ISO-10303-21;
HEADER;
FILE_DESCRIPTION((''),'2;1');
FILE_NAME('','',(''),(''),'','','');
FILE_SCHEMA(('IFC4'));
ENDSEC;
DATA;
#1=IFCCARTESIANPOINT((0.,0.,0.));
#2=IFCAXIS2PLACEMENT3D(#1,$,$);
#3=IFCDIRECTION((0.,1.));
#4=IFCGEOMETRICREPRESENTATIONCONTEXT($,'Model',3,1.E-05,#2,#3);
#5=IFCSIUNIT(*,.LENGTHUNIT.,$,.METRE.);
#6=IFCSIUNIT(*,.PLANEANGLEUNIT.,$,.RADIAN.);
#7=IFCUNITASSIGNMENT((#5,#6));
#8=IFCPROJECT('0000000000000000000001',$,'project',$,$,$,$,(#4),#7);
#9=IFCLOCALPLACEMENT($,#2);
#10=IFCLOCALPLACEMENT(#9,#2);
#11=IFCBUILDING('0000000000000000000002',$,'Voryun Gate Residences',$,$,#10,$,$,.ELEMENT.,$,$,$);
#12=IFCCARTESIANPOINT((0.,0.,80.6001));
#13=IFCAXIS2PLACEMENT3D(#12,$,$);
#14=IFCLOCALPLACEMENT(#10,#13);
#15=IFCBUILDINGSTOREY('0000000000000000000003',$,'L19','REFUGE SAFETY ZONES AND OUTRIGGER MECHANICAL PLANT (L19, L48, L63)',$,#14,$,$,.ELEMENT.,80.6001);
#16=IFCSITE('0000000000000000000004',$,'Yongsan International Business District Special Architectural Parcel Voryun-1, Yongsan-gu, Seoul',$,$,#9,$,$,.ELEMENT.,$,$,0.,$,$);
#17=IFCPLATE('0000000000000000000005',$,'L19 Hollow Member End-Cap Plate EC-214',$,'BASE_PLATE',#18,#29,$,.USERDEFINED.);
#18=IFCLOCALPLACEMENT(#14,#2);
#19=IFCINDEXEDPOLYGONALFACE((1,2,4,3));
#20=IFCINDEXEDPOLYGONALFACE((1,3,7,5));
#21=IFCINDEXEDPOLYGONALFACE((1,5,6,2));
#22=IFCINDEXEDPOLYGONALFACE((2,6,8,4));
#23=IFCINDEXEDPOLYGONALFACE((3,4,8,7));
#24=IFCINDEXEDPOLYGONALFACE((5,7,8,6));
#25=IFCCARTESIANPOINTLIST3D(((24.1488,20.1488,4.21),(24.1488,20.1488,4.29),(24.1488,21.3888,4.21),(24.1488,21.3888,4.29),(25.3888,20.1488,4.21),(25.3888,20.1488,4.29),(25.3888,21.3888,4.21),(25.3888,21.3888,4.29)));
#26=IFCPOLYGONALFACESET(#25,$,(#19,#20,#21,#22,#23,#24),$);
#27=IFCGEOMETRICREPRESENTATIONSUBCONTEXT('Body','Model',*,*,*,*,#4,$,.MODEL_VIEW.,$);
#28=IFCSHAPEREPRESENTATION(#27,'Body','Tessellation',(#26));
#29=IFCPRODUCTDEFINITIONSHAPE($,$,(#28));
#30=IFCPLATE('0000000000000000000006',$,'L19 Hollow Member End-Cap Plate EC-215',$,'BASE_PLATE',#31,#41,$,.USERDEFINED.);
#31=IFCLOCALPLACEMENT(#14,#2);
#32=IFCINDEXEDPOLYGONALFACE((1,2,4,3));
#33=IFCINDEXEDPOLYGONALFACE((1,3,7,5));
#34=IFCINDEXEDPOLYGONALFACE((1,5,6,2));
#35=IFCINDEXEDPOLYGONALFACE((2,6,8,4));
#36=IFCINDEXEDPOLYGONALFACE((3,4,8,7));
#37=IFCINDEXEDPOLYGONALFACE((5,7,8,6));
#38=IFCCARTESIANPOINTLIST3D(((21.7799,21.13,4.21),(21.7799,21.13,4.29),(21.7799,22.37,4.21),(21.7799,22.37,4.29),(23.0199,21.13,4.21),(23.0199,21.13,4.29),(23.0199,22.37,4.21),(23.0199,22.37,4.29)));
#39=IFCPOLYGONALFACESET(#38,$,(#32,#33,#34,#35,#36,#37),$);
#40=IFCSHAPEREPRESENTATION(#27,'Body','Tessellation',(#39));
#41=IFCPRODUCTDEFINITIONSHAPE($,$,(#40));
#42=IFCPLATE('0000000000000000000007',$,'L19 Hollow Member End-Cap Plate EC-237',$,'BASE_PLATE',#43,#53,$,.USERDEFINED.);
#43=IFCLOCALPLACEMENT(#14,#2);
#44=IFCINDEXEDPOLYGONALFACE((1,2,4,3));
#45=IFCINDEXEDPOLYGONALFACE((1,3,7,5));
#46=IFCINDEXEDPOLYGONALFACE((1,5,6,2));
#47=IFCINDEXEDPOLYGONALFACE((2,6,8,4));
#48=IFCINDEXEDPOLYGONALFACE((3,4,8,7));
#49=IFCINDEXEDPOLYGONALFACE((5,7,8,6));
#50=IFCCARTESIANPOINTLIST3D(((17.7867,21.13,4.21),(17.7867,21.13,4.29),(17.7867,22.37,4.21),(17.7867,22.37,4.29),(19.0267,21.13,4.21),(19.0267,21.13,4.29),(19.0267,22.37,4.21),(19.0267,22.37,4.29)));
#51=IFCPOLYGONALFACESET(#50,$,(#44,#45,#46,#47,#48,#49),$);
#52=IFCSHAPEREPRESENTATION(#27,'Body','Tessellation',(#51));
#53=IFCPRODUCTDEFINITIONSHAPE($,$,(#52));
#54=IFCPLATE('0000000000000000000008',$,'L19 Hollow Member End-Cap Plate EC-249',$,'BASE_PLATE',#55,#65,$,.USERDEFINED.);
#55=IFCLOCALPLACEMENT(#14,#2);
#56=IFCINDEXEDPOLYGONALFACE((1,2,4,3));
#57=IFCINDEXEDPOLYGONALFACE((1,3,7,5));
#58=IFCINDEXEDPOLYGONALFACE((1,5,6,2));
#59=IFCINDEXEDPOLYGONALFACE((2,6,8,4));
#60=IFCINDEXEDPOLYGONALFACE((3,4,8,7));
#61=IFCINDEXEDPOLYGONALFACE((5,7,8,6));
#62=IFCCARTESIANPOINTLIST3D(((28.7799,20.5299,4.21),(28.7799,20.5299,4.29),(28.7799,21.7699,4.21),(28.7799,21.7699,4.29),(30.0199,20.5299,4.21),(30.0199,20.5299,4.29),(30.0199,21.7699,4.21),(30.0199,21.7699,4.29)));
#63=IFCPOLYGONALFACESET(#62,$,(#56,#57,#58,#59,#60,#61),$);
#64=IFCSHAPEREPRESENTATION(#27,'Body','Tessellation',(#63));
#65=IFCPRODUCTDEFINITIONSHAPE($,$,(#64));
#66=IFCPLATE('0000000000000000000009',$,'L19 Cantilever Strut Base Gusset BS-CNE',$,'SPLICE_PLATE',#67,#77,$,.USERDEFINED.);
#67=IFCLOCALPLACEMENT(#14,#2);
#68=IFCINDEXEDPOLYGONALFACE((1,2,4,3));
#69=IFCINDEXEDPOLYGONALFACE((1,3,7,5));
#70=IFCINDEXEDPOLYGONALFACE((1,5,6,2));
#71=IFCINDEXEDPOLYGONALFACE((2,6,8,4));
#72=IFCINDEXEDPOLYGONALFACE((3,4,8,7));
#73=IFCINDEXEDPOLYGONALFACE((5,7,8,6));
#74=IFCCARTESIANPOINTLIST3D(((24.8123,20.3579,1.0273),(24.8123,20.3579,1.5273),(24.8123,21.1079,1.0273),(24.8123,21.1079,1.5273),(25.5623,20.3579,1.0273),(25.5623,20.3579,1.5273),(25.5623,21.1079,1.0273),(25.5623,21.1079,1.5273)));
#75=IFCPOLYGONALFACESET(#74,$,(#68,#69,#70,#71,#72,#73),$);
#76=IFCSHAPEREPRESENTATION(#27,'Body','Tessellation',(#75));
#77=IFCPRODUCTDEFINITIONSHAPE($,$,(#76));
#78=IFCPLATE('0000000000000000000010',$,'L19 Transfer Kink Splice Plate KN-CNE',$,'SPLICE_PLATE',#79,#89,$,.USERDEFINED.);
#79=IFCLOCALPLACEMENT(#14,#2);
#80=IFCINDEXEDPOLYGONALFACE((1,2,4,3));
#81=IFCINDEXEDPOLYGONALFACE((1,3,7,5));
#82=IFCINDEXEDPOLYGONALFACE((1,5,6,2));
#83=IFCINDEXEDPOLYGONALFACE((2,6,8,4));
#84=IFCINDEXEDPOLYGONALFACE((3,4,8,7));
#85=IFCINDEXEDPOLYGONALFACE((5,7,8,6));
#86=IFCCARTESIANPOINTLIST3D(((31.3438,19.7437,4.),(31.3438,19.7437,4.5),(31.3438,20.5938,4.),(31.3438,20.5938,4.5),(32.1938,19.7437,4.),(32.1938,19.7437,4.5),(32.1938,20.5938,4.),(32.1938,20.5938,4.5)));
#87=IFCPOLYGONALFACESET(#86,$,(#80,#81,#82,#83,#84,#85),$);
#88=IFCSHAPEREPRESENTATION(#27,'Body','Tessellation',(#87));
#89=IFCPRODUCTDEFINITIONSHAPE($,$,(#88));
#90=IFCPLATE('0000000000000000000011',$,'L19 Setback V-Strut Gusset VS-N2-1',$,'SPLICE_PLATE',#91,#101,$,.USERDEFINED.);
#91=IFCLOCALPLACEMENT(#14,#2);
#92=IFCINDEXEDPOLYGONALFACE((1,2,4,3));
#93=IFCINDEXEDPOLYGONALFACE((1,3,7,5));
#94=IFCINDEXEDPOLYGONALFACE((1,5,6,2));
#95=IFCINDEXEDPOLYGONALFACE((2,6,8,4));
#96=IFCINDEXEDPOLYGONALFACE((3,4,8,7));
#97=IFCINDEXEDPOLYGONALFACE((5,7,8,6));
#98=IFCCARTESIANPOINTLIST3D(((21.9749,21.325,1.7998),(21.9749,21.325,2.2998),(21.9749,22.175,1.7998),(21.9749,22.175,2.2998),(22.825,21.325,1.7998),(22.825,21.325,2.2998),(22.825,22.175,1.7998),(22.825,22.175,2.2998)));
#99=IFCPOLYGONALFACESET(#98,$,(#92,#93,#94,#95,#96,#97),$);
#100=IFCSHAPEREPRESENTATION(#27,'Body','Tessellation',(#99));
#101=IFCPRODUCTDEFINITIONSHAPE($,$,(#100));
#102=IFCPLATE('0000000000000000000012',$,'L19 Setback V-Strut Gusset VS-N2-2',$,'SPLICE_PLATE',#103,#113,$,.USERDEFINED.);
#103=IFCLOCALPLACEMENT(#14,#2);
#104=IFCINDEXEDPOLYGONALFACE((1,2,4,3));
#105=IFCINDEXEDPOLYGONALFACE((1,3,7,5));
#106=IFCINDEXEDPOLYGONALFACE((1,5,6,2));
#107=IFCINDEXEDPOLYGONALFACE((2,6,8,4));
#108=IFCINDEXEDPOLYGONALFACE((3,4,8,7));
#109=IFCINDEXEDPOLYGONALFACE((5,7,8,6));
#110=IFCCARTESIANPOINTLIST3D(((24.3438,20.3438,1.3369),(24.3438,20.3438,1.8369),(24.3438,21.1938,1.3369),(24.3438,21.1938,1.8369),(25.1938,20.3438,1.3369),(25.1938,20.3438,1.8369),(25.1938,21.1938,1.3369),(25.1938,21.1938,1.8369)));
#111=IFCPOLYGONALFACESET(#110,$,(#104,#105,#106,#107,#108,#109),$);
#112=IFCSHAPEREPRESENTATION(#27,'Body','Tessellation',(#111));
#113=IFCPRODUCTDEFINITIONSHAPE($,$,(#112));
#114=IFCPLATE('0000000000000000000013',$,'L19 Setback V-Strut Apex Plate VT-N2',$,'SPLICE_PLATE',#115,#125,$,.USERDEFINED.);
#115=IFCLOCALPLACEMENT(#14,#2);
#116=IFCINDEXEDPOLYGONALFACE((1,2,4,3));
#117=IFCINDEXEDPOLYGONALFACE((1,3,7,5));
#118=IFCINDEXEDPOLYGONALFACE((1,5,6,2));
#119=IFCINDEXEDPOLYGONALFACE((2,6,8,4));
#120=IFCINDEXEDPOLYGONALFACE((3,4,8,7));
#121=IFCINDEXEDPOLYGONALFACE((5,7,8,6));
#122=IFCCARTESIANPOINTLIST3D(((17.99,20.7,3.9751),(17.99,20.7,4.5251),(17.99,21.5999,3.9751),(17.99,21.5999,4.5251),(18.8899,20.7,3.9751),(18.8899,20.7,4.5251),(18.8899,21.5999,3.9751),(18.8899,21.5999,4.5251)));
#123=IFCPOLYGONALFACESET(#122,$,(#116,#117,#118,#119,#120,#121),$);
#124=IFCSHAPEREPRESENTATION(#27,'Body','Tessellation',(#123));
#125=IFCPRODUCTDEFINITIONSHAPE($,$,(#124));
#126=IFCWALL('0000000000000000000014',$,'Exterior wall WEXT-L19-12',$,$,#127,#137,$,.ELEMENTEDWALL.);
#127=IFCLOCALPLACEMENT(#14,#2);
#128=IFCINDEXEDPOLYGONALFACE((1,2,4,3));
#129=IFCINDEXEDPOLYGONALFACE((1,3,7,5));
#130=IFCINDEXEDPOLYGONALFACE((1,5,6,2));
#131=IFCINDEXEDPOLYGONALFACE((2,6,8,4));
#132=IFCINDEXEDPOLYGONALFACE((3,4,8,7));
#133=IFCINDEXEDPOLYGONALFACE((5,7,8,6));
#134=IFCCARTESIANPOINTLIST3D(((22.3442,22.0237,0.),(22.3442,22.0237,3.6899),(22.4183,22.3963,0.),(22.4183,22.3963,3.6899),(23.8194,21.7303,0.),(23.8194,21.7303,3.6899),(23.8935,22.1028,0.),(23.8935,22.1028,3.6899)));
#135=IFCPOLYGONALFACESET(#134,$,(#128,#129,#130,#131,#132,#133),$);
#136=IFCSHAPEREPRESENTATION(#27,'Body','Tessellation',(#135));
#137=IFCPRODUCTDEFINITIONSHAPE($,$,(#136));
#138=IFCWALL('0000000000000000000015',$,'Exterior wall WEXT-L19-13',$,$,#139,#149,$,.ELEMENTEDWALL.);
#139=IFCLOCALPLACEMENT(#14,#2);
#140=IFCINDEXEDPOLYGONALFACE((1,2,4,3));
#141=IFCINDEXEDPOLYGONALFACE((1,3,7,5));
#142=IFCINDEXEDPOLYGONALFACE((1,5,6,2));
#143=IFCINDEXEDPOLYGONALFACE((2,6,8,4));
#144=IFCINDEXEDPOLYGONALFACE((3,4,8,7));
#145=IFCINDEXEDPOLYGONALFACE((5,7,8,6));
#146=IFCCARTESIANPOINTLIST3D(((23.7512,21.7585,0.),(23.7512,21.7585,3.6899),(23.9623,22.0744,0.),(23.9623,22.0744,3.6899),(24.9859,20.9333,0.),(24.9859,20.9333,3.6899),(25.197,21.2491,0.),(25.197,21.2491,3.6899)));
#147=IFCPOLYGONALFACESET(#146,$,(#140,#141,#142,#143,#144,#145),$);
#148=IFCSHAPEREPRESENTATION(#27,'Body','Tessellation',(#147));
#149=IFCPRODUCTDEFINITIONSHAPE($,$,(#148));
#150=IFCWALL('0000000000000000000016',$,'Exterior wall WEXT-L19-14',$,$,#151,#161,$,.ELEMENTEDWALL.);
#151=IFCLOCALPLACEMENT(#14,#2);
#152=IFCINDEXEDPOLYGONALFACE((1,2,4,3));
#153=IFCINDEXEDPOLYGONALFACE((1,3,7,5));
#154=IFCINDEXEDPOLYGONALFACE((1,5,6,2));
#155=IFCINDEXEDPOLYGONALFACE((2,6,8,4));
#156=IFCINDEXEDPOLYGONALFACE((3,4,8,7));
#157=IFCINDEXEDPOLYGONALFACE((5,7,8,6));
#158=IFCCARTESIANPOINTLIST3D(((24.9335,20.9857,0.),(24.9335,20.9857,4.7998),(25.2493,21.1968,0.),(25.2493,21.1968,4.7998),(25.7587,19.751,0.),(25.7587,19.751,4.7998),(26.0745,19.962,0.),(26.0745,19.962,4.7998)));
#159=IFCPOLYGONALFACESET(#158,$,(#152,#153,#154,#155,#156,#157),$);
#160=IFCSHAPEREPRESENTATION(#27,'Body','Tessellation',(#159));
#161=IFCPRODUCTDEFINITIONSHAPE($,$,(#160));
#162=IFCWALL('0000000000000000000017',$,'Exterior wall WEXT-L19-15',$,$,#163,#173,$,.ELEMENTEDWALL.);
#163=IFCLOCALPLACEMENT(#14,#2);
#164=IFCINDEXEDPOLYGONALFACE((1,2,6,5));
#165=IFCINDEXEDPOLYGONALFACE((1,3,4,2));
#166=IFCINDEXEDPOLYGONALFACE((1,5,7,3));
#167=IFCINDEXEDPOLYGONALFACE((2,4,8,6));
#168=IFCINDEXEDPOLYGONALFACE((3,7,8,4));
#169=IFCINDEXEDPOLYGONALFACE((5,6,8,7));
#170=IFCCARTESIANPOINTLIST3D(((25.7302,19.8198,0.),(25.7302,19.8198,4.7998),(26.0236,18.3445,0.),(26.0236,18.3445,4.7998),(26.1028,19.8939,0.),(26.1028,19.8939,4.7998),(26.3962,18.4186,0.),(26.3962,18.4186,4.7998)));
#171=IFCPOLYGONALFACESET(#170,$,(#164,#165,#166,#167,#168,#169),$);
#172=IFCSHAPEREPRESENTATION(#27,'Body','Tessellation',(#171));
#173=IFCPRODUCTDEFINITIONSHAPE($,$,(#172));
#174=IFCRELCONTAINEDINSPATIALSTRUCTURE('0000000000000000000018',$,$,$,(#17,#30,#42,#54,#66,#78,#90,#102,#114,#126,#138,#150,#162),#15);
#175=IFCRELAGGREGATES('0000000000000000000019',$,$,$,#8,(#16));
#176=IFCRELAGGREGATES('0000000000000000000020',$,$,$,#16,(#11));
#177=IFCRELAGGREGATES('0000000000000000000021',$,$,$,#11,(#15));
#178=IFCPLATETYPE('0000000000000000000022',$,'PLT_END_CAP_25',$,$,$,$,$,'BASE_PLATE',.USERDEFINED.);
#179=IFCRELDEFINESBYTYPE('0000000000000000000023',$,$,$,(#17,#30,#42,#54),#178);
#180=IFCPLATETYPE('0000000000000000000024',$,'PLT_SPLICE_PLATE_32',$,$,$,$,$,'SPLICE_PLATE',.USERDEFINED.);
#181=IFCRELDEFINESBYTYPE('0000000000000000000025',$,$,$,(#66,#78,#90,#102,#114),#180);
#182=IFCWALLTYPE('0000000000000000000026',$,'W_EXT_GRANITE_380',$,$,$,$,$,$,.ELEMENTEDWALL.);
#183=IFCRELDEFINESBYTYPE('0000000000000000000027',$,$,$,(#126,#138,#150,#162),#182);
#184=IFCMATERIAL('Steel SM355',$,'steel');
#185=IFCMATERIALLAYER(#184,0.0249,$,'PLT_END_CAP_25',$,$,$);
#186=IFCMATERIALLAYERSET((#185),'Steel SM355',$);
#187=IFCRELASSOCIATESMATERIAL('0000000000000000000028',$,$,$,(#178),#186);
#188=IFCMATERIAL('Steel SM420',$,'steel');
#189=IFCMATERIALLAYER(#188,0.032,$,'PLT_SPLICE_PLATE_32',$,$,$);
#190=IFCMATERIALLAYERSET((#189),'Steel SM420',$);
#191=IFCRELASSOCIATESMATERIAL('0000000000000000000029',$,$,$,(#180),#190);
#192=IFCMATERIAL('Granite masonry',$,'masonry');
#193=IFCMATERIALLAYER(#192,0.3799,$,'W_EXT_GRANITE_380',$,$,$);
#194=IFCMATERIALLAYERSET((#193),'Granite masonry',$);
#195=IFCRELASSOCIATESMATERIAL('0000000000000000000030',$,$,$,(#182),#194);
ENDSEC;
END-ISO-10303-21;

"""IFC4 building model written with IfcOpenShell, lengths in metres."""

from ifc_helpers import new_model, si_unit, direction, frame, frame_2d, origin, origin_2d, place, context, subcontext, project, spatial, rectangle, extrude, material, layer, layer_set, type_object, element, save


model = new_model("IFC4")

# Units and contexts
model_context = context("Model", 3, precision=1e-05, world=origin(), true_north=direction((0.0, 1.0)))
body_context = subcontext(model_context, "Body", "Model", "MODEL_VIEW")
ifc_project = project(units=[si_unit("LENGTHUNIT", "METRE"), si_unit("PLANEANGLEUNIT", "RADIAN")], contexts=[model_context])

# Site, building, storey
site_placement = place(None, origin())
site = spatial("IfcSite", under=ifc_project, at=site_placement, Name="Yongsan International Business District Special Architectural Parcel Voryun-1, Yongsan-gu, Seoul", CompositionType="ELEMENT", RefElevation=0.0)
building_placement = place(site_placement, origin())
building = spatial("IfcBuilding", under=site, at=building_placement, Name="Voryun Gate Residences", CompositionType="ELEMENT")
storey_placement = place(building_placement, frame((0.0, 0.0, 80.6001)))
storey = spatial("IfcBuildingStorey", under=building, at=storey_placement, Name="L19", Description="REFUGE SAFETY ZONES AND OUTRIGGER MECHANICAL PLANT (L19, L48, L63)", CompositionType="ELEMENT", Elevation=80.6001)

# Plates
ifc_material_1 = material(Name="Steel SM355", Category="steel")
ifc_layer_1 = layer(ifc_material_1, 0.0249, Name="PLT_END_CAP_25")
ifc_layer_set_1 = layer_set([ifc_layer_1], Name="Steel SM355")
plate_type_1 = type_object("IfcPlateType", Name="PLT_END_CAP_25", ElementType="BASE_PLATE", PredefinedType="USERDEFINED", material=ifc_layer_set_1)
for number, where, z_axis, x_axis, name in (
    (1, (24.7688, 20.7688, 4.21), (0.0, 0.0, 1.0), (1.0, 0.0, 0.0), "L19 Hollow Member End-Cap Plate EC-214"),
    (2, (22.3999, 21.75, 4.21), (0.0, 0.0, 1.0), (1.0, 0.0, 0.0), "L19 Hollow Member End-Cap Plate EC-215"),
    (3, (18.4067, 21.75, 4.21), (0.0, 0.0, 1.0), (1.0, 0.0, 0.0), "L19 Hollow Member End-Cap Plate EC-237"),
    (4, (29.3999, 21.1499, 4.21), (0.0, 0.0, 1.0), (1.0, 0.0, 0.0), "L19 Hollow Member End-Cap Plate EC-249"),
):
    element("IfcPlate", number, at=place(storey_placement, frame(where, z_axis=z_axis, x_axis=x_axis)), inside=storey, type_object=plate_type_1, Name=name, ObjectType="BASE_PLATE", PredefinedType="USERDEFINED", context=body_context, shape_type="SweptSolid", body=[
        extrude(rectangle(XDim=1.24, YDim=1.24, at=origin_2d()), origin(), (0.0, 0.0, 1.0), 0.0801),
    ])
ifc_material_2 = material(Name="Steel SM420", Category="steel")
ifc_layer_2 = layer(ifc_material_2, 0.032, Name="PLT_SPLICE_PLATE_32")
ifc_layer_set_2 = layer_set([ifc_layer_2], Name="Steel SM420")
plate_type_2 = type_object("IfcPlateType", Name="PLT_SPLICE_PLATE_32", ElementType="SPLICE_PLATE", PredefinedType="USERDEFINED", material=ifc_layer_set_2)
plate_1_placement = place(storey_placement, frame((25.1873, 20.7329, 1.0273), z_axis=(0.0, 0.0, 1.0), x_axis=(1.0, 0.0, 0.0)))
element("IfcPlate", 5, at=plate_1_placement, inside=storey, type_object=plate_type_2, Name="L19 Cantilever Strut Base Gusset BS-CNE", ObjectType="SPLICE_PLATE", PredefinedType="USERDEFINED", context=body_context, shape_type="SweptSolid", body=[
    extrude(rectangle(XDim=0.75, YDim=0.75, at=origin_2d()), origin(), (0.0, 0.0, 1.0), 0.5),
])
for number, where, z_axis, x_axis, name in (
    (6, (31.7688, 20.1687, 4.0), (0.0, 0.0, 1.0), (1.0, 0.0, 0.0), "L19 Transfer Kink Splice Plate KN-CNE"),
    (7, (22.3999, 21.75, 1.7998), (0.0, 0.0, 1.0), (1.0, 0.0, 0.0), "L19 Setback V-Strut Gusset VS-N2-1"),
    (8, (24.7688, 20.7688, 1.3369), (0.0, 0.0, 1.0), (1.0, 0.0, 0.0), "L19 Setback V-Strut Gusset VS-N2-2"),
):
    element("IfcPlate", number, at=place(storey_placement, frame(where, z_axis=z_axis, x_axis=x_axis)), inside=storey, type_object=plate_type_2, Name=name, ObjectType="SPLICE_PLATE", PredefinedType="USERDEFINED", context=body_context, shape_type="SweptSolid", body=[
        extrude(rectangle(XDim=0.8501, YDim=0.8501, at=origin_2d()), origin(), (0.0, 0.0, 1.0), 0.5),
    ])
plate_2_placement = place(storey_placement, frame((18.4399, 21.1499, 3.9751), z_axis=(0.0, 0.0, 1.0), x_axis=(1.0, 0.0, 0.0)))
element("IfcPlate", 9, at=plate_2_placement, inside=storey, type_object=plate_type_2, Name="L19 Setback V-Strut Apex Plate VT-N2", ObjectType="SPLICE_PLATE", PredefinedType="USERDEFINED", context=body_context, shape_type="SweptSolid", body=[
    extrude(rectangle(XDim=0.8999, YDim=0.8999, at=origin_2d()), origin(), (0.0, 0.0, 1.0), 0.55),
])

# Walls
ifc_material_3 = material(Name="Granite masonry", Category="masonry")
ifc_layer_3 = layer(ifc_material_3, 0.3799, Name="W_EXT_GRANITE_380")
ifc_layer_set_3 = layer_set([ifc_layer_3], Name="Granite masonry")
wall_type_1 = type_object("IfcWallType", Name="W_EXT_GRANITE_380", PredefinedType="ELEMENTEDWALL", material=ifc_layer_set_3)
wall_1_placement = place(storey_placement, frame((22.3813, 22.21, 0.0), z_axis=(0.0, 0.0, 1.0), x_axis=(0.980786, -0.195086, 0.0)))
element("IfcWall", 10, at=wall_1_placement, inside=storey, type_object=wall_type_1, Name="Exterior wall WEXT-L19-12", PredefinedType="ELEMENTEDWALL", context=body_context, shape_type="SweptSolid", body=[
    extrude(rectangle(XDim=1.5042, YDim=0.3799, at=frame_2d((0.752, 0.0))), origin(), (0.0, 0.0, 1.0), 3.6899),
])
wall_2_placement = place(storey_placement, frame((23.8567, 21.9165, 0.0), z_axis=(0.0, 0.0, 1.0), x_axis=(0.831392, -0.555686, 0.0)))
element("IfcWall", 11, at=wall_2_placement, inside=storey, type_object=wall_type_1, Name="Exterior wall WEXT-L19-13", PredefinedType="ELEMENTEDWALL", context=body_context, shape_type="SweptSolid", body=[
    extrude(rectangle(XDim=1.4851, YDim=0.3799, at=frame_2d((0.7427, 0.0))), origin(), (0.0, 0.0, 1.0), 3.6899),
])
wall_3_placement = place(storey_placement, frame((25.0913, 21.0913, 0.0), z_axis=(0.0, 0.0, 1.0), x_axis=(0.555686, -0.831392, 0.0)))
element("IfcWall", 12, at=wall_3_placement, inside=storey, type_object=wall_type_1, Name="Exterior wall WEXT-L19-14", PredefinedType="ELEMENTEDWALL", context=body_context, shape_type="SweptSolid", body=[
    extrude(rectangle(XDim=1.4851, YDim=0.3799, at=frame_2d((0.7427, 0.0))), origin(), (0.0, 0.0, 1.0), 4.7998),
])
wall_4_placement = place(storey_placement, frame((25.9165, 19.8567, 0.0), z_axis=(0.0, 0.0, 1.0), x_axis=(0.195086, -0.980786, 0.0)))
element("IfcWall", 13, at=wall_4_placement, inside=storey, type_object=wall_type_1, Name="Exterior wall WEXT-L19-15", PredefinedType="ELEMENTEDWALL", context=body_context, shape_type="SweptSolid", body=[
    extrude(rectangle(XDim=1.5042, YDim=0.3799, at=frame_2d((0.752, 0.0))), origin(), (0.0, 0.0, 1.0), 4.7998),
])

save(model, "model.ifc")
